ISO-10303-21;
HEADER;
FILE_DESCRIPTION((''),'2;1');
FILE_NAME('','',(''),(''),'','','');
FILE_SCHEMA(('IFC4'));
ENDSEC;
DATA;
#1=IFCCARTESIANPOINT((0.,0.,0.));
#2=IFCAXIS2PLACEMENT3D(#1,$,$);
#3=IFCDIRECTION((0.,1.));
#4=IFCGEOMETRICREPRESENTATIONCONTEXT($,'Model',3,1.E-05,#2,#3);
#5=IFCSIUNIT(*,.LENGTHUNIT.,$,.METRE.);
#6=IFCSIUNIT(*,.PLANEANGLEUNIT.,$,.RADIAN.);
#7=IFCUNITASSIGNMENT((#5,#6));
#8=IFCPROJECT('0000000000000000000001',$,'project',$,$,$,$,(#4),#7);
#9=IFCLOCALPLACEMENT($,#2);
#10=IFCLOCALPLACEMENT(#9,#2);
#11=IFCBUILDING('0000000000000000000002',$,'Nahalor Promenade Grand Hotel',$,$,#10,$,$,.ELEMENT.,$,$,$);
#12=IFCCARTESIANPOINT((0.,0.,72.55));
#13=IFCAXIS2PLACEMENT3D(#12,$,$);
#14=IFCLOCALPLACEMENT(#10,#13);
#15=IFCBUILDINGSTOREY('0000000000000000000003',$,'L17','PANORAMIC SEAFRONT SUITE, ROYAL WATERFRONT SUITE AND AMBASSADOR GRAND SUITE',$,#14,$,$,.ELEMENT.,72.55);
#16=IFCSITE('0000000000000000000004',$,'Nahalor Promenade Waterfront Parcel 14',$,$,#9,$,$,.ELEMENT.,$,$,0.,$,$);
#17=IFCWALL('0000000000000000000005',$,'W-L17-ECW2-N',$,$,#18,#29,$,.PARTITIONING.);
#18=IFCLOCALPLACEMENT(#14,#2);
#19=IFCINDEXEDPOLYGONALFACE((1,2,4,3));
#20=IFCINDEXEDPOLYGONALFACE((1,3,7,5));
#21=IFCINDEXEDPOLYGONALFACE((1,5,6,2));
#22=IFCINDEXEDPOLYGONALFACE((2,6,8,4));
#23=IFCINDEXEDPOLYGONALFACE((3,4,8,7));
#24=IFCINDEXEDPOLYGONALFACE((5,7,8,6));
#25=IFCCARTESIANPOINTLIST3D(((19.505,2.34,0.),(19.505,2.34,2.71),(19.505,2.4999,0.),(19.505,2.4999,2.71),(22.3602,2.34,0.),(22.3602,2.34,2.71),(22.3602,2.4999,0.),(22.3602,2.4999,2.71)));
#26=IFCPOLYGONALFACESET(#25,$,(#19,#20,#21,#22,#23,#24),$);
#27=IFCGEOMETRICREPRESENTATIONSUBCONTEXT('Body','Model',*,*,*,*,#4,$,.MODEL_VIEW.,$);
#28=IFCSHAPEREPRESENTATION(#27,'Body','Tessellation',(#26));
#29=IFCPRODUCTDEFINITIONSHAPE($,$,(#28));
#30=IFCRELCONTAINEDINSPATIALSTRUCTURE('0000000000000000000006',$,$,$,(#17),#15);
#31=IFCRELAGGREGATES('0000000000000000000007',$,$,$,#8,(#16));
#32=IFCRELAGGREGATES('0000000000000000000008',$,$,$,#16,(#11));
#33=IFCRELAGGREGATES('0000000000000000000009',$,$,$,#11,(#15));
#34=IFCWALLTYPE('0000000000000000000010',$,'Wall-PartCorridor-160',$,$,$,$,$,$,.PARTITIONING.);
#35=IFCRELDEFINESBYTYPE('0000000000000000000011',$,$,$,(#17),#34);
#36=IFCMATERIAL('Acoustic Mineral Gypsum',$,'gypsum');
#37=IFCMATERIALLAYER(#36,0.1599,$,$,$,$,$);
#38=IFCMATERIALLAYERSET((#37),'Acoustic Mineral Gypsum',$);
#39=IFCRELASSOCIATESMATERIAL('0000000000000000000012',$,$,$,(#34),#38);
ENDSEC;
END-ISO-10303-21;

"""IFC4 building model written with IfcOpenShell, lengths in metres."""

from ifc_helpers import new_model, si_unit, direction, frame, frame_2d, origin, place, context, subcontext, project, spatial, rectangle, extrude, source, transform, mapped, material, layer, layer_set, type_object, element, save


model = new_model("IFC4")

# Units and contexts
model_context = context("Model", 3, precision=1e-05, world=origin(), true_north=direction((0.0, 1.0)))
body_context = subcontext(model_context, "Body", "Model", "MODEL_VIEW")
ifc_project = project(units=[si_unit("LENGTHUNIT", "METRE"), si_unit("PLANEANGLEUNIT", "RADIAN")], contexts=[model_context])

# Site, building, storey
site_placement = place(None, origin())
site = spatial("IfcSite", under=ifc_project, at=site_placement, Name="Nahalor Promenade Waterfront Parcel 14", CompositionType="ELEMENT", RefElevation=0.0)
building_placement = place(site_placement, origin())
building = spatial("IfcBuilding", under=site, at=building_placement, Name="Nahalor Promenade Grand Hotel", CompositionType="ELEMENT")
storey_placement = place(building_placement, frame((0.0, 0.0, 72.55)))
storey = spatial("IfcBuildingStorey", under=building, at=storey_placement, Name="L17", Description="PANORAMIC SEAFRONT SUITE, ROYAL WATERFRONT SUITE AND AMBASSADOR GRAND SUITE", CompositionType="ELEMENT", Elevation=72.55)

# Shared definitions
ifc_material_1 = material(Name="Acoustic Mineral Gypsum", Category="gypsum")
ifc_layer_1 = layer(ifc_material_1, 0.1599)
ifc_layer_set_1 = layer_set([ifc_layer_1], Name="Acoustic Mineral Gypsum")
wall_type_1 = type_object("IfcWallType", Name="Wall-PartCorridor-160", PredefinedType="PARTITIONING", material=ifc_layer_set_1)

# Shared definitions
shared_shape_1 = source(origin(), body_context, "Body", "SweptSolid", [
    extrude(rectangle(XDim=2.8552, YDim=0.1599, at=frame_2d((1.4277, 0.0))), origin(), (0.0, 0.0, 1.0), 2.71),
])

# Wall
wall_1_placement = place(storey_placement, frame((19.5049, 2.4199, 0.0), z_axis=(0.0, 0.0, 1.0), x_axis=(1.0, 0.0, 0.0)))
element("IfcWall", 1, at=wall_1_placement, inside=storey, type_object=wall_type_1, Name="W-L17-ECW2-N", PredefinedType="PARTITIONING", context=body_context, shape_type="MappedRepresentation", body=[
    mapped(shared_shape_1, transform((0.0, 0.0, 0.0), scale=1.0)),
])

save(model, "model.ifc")
